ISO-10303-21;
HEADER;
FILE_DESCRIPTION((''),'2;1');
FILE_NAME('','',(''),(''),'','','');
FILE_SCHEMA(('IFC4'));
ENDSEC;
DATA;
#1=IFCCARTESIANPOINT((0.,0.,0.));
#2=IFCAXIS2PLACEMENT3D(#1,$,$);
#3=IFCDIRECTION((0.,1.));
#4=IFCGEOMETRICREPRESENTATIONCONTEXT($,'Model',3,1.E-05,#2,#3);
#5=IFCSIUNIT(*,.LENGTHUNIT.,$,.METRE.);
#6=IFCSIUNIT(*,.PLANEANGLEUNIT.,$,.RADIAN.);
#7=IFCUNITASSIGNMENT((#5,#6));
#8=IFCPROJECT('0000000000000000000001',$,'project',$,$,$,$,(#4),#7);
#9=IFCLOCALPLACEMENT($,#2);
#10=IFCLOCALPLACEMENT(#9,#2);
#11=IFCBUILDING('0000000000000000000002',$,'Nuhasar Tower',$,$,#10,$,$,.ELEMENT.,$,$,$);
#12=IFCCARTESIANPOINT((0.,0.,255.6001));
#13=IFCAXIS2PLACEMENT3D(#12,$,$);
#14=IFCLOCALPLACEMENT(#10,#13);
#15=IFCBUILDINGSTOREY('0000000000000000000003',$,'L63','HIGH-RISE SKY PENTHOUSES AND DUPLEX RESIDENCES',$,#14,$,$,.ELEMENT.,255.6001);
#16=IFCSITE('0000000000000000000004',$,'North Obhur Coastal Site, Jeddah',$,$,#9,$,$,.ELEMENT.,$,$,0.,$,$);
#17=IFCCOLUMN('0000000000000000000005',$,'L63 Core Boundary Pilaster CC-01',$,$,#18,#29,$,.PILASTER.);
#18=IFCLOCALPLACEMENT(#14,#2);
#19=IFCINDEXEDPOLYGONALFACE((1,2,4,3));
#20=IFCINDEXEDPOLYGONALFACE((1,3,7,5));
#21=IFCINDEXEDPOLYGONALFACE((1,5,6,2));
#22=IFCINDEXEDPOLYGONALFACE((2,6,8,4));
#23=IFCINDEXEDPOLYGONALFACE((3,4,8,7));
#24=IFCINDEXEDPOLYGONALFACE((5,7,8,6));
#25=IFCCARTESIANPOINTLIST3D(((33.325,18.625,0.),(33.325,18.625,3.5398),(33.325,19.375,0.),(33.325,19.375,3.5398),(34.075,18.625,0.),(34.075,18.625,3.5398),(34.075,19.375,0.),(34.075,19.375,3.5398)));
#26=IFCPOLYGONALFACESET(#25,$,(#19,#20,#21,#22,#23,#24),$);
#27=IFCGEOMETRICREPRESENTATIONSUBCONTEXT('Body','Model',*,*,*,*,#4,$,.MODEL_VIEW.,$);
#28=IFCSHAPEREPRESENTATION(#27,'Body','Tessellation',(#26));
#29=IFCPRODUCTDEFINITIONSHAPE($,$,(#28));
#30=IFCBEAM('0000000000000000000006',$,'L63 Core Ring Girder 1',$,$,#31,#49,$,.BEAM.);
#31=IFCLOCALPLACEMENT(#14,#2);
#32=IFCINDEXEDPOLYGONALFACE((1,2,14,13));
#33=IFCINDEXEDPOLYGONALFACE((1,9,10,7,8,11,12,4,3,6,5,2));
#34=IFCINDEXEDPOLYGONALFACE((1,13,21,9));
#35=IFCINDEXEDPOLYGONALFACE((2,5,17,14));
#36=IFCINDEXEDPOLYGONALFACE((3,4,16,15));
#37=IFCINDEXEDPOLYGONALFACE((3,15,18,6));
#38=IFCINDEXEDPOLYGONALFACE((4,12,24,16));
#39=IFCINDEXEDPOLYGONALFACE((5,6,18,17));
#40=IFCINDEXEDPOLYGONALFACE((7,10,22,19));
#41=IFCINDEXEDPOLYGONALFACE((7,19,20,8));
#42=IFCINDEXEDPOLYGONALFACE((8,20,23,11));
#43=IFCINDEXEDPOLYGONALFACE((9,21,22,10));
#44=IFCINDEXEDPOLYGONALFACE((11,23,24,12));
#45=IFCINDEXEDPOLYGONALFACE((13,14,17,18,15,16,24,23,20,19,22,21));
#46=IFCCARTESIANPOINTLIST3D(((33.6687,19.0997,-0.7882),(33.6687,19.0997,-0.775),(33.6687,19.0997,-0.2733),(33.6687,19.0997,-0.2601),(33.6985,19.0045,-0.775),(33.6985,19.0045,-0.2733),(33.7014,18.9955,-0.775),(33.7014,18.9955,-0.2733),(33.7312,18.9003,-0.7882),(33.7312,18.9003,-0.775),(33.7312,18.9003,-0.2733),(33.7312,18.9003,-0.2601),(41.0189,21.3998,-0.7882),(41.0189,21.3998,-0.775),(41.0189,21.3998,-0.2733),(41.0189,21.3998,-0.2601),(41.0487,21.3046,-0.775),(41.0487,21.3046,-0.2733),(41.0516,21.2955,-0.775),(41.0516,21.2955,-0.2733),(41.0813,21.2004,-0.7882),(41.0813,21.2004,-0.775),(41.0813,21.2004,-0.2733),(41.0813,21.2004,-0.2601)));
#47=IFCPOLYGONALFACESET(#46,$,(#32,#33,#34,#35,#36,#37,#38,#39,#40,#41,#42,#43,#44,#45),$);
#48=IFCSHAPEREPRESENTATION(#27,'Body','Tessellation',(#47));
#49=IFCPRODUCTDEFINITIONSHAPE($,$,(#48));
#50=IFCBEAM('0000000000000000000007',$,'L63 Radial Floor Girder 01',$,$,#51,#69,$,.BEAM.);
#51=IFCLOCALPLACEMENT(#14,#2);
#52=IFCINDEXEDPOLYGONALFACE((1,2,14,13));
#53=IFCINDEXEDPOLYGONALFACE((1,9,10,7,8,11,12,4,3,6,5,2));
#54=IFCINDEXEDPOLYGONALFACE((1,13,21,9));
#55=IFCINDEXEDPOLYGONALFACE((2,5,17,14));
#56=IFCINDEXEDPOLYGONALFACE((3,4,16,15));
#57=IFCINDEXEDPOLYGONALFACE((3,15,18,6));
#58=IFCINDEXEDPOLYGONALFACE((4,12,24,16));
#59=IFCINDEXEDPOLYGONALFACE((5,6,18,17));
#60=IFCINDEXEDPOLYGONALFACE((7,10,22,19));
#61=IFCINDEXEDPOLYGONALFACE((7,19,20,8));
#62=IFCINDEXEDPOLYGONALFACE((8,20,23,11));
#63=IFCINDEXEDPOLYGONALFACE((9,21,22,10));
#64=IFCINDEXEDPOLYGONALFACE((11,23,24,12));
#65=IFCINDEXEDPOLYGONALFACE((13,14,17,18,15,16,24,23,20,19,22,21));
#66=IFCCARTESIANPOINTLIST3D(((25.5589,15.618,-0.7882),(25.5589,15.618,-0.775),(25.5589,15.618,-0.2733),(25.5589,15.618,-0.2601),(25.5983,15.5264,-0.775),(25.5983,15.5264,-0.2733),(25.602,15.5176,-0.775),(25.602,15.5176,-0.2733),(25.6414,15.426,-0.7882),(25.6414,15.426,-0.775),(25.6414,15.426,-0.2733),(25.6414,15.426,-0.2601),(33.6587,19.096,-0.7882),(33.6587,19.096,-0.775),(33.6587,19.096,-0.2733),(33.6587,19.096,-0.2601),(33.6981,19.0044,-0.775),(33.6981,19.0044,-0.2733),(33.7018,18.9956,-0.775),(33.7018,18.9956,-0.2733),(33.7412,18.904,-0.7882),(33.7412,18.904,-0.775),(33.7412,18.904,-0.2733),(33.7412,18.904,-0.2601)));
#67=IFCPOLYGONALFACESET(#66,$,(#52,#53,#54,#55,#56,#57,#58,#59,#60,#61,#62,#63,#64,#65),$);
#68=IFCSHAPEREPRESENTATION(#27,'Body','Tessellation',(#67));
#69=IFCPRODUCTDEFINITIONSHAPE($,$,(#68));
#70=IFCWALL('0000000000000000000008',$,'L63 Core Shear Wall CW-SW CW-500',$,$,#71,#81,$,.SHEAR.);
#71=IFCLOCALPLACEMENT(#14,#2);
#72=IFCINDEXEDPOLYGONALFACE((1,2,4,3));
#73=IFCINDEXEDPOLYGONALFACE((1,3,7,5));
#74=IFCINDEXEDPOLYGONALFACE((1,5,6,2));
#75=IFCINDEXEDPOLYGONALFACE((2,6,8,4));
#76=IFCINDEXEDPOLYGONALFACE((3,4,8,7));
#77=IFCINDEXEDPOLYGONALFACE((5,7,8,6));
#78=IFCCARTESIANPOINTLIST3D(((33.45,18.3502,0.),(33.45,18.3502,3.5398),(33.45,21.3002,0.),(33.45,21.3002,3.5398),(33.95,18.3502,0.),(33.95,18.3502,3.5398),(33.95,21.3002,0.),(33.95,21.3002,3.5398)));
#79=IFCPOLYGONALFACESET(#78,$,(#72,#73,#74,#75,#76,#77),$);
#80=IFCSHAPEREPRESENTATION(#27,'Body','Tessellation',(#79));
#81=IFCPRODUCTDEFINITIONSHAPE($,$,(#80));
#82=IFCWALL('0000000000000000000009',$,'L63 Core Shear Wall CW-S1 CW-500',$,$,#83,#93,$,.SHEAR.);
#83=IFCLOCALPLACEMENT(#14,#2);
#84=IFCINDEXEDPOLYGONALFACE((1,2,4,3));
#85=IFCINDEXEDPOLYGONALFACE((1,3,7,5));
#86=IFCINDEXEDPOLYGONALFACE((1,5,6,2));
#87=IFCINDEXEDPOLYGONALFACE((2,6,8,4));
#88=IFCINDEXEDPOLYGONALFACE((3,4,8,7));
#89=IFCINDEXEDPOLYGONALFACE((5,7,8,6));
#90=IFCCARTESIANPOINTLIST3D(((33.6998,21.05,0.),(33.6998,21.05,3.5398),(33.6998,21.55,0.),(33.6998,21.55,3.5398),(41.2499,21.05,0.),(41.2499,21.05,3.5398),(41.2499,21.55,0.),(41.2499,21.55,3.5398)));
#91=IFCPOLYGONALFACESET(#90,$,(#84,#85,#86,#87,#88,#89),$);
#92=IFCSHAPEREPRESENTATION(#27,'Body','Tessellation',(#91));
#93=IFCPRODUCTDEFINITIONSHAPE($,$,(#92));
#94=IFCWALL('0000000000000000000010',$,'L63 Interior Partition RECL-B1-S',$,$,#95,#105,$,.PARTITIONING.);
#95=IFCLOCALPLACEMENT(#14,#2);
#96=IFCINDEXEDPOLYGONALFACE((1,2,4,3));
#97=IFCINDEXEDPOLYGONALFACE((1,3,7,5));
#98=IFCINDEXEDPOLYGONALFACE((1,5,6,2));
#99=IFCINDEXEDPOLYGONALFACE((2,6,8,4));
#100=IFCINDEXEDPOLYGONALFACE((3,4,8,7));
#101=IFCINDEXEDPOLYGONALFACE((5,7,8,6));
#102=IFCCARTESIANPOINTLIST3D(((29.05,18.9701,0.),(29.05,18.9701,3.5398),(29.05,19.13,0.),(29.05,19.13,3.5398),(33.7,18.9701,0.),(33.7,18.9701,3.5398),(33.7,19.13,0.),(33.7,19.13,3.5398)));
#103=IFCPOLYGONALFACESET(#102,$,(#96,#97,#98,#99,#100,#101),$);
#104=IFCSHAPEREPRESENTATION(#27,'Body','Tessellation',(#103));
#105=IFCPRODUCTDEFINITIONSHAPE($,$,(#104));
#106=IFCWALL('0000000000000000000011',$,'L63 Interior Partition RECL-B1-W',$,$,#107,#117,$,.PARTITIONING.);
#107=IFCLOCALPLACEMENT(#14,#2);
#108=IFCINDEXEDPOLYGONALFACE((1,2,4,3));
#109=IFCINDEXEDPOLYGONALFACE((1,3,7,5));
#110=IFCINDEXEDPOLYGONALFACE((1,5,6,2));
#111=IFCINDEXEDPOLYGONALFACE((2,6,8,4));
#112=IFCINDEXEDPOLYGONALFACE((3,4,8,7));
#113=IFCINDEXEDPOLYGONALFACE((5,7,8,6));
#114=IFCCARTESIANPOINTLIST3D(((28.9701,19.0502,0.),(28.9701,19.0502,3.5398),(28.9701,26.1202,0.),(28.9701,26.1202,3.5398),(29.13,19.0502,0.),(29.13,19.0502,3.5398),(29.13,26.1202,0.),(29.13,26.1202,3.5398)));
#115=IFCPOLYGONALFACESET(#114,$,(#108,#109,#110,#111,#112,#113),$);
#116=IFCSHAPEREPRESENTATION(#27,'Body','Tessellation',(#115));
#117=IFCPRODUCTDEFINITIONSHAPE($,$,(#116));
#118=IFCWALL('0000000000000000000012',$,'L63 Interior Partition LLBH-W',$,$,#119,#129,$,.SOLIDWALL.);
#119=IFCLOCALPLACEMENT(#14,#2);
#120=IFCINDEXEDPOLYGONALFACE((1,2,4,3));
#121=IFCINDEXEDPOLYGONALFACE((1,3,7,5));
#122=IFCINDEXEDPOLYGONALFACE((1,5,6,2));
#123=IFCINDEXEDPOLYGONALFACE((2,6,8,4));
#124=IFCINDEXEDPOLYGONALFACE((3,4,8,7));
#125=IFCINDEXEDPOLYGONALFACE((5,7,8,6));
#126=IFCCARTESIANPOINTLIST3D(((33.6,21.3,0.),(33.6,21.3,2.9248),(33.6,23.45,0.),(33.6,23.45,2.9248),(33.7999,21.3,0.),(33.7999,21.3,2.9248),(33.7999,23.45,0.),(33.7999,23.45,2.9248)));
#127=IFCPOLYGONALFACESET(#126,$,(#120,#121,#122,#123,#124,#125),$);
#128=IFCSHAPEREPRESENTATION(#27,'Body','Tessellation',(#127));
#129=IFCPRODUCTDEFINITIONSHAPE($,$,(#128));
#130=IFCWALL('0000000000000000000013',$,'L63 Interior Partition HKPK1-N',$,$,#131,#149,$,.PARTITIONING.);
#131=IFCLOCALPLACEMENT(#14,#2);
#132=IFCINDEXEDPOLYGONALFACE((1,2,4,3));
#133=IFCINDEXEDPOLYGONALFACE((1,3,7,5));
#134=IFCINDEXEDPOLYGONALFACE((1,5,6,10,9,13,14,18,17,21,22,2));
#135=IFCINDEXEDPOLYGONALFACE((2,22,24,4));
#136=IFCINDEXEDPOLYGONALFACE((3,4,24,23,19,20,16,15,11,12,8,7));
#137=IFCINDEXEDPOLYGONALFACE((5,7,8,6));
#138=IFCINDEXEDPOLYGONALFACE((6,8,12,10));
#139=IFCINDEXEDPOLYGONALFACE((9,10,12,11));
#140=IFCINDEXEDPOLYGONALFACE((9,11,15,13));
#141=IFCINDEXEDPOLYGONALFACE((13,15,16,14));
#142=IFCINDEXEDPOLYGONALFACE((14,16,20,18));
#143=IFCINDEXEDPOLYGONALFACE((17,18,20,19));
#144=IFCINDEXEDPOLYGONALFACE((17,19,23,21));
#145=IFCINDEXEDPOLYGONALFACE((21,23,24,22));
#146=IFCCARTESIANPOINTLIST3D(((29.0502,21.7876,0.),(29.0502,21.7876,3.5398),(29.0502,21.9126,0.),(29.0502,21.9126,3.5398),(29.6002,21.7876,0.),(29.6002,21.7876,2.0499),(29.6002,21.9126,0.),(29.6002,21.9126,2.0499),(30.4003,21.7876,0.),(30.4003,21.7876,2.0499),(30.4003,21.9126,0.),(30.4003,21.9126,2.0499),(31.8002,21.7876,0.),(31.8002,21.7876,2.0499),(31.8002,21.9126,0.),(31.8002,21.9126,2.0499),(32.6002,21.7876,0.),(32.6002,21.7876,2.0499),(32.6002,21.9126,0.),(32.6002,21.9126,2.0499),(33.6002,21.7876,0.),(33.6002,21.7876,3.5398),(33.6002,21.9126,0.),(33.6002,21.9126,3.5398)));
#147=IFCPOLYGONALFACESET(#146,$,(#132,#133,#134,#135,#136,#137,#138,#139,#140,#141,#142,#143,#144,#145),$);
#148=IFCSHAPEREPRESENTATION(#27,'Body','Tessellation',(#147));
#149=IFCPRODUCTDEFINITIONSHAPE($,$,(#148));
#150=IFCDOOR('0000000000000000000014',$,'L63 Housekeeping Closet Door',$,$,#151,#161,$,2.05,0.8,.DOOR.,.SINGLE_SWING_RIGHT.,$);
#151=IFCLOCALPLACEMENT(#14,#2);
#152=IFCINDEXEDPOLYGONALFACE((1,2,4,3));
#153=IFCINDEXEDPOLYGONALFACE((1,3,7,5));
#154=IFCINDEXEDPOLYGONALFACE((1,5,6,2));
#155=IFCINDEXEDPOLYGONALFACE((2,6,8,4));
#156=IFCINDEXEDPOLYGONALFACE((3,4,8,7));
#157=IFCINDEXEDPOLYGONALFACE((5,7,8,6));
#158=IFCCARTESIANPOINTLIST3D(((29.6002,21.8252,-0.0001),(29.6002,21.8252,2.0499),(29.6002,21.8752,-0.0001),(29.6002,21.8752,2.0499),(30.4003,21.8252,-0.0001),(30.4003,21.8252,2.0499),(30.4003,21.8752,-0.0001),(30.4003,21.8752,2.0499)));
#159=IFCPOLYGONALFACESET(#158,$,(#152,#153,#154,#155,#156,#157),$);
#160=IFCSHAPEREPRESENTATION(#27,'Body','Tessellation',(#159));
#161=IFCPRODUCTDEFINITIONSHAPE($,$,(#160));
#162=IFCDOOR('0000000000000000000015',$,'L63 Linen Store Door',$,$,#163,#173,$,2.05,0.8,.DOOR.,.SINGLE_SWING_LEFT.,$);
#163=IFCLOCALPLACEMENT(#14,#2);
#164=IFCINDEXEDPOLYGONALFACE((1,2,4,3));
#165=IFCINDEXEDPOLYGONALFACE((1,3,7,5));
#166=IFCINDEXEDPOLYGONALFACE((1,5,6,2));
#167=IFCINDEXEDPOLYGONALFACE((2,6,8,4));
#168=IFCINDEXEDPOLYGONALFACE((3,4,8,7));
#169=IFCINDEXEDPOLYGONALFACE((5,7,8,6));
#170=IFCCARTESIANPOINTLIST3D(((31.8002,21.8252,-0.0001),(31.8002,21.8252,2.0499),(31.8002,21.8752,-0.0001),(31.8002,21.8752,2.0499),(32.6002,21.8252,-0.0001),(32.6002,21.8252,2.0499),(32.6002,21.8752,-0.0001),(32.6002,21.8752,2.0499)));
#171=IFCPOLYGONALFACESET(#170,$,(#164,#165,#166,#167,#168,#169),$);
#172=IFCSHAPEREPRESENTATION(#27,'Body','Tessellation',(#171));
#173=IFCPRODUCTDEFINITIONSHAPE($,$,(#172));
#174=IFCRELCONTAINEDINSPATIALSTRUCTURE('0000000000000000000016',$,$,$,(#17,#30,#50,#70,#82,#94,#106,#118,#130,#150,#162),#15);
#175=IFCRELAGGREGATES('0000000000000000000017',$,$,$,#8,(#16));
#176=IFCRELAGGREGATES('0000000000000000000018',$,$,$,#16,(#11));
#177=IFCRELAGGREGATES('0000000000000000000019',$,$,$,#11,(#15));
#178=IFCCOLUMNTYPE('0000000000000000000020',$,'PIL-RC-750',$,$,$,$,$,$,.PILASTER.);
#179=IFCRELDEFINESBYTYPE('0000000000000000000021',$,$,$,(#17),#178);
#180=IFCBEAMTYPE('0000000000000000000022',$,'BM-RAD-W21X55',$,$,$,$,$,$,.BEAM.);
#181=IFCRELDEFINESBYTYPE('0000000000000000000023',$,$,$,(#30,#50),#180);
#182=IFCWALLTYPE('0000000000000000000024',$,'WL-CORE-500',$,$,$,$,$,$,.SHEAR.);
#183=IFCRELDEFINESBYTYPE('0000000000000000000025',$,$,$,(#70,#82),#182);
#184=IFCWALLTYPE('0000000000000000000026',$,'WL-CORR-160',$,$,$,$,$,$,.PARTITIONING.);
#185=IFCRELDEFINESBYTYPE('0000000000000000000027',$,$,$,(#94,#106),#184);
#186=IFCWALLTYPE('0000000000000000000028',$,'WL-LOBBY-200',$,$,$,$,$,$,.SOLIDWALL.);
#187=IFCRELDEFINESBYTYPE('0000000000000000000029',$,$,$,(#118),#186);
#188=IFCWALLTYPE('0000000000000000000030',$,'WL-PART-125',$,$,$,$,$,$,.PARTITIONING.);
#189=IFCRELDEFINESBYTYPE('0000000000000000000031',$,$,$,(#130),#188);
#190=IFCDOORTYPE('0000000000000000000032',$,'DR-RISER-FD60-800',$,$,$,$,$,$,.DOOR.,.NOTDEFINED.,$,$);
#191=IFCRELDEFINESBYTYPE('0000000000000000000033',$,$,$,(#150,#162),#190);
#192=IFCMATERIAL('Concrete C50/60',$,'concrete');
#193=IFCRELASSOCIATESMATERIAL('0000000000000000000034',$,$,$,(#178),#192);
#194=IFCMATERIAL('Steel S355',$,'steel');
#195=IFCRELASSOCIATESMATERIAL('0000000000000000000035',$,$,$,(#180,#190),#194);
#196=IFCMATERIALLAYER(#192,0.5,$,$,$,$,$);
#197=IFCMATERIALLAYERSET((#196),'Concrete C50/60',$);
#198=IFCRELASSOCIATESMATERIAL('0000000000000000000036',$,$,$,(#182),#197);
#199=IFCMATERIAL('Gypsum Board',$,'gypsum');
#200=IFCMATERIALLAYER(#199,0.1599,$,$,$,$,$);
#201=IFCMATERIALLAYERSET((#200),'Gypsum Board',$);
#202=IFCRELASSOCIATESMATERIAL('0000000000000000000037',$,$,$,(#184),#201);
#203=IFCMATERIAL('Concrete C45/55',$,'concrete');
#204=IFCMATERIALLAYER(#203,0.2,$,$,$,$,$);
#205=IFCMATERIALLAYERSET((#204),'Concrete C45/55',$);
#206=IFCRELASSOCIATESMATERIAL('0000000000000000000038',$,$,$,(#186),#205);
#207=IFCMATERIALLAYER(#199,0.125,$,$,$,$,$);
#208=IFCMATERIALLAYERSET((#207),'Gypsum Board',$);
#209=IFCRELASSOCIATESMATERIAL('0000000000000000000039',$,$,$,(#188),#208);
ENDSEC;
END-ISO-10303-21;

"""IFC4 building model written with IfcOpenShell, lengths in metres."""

from ifc_helpers import new_model, si_unit, direction, frame, frame_2d, origin, origin_2d, place, context, subcontext, project, spatial, rectangle, i_section, extrude, material, layer, layer_set, material_profile, profile_set, type_object, element, fill, save


model = new_model("IFC4")

# Units and contexts
model_context = context("Model", 3, precision=1e-05, world=origin(), true_north=direction((0.0, 1.0)))
body_context = subcontext(model_context, "Body", "Model", "MODEL_VIEW")
ifc_project = project(units=[si_unit("LENGTHUNIT", "METRE"), si_unit("PLANEANGLEUNIT", "RADIAN")], contexts=[model_context])

# Site, building, storey
site_placement = place(None, origin())
site = spatial("IfcSite", under=ifc_project, at=site_placement, Name="North Obhur Coastal Site, Jeddah", CompositionType="ELEMENT", RefElevation=0.0)
building_placement = place(site_placement, origin())
building = spatial("IfcBuilding", under=site, at=building_placement, Name="Nuhasar Tower", CompositionType="ELEMENT")
storey_placement = place(building_placement, frame((0.0, 0.0, 255.6001)))
storey = spatial("IfcBuildingStorey", under=building, at=storey_placement, Name="L63", Description="HIGH-RISE SKY PENTHOUSES AND DUPLEX RESIDENCES", CompositionType="ELEMENT", Elevation=255.6001)

# Column
ifc_material_1 = material(Name="Concrete C50/60", Category="concrete")
ifc_material_profile_1 = material_profile(ifc_material_1, rectangle(XDim=0.75, YDim=0.75, at=origin_2d()), Name="RC750X750")
ifc_profile_set_1 = profile_set([ifc_material_profile_1], Name="Concrete C50/60")
column_type = type_object("IfcColumnType", Name="PIL-RC-750", PredefinedType="PILASTER", material=ifc_profile_set_1)
column_placement = place(storey_placement, frame((33.7, 19.0, 0.0), z_axis=(0.0, 0.0, 1.0), x_axis=(1.0, 0.0, 0.0)))
element("IfcColumn", 1, at=column_placement, inside=storey, type_object=column_type, Name="L63 Core Boundary Pilaster CC-01", PredefinedType="PILASTER", context=body_context, shape_type="SweptSolid", body=[
    extrude(rectangle(XDim=0.75, YDim=0.75, at=origin_2d()), origin(), (0.0, 0.0, 1.0), 3.5398),
])

# Beams
ifc_material_2 = material(Name="Steel S355", Category="steel")
ifc_material_profile_2 = material_profile(ifc_material_2, i_section(OverallWidth=0.209, OverallDepth=0.5281, WebThickness=0.0095, FlangeThickness=0.0132, at=origin_2d()), Name="W21X55")
ifc_profile_set_2 = profile_set([ifc_material_profile_2], Name="Steel S355")
beam_type = type_object("IfcBeamType", Name="BM-RAD-W21X55", PredefinedType="BEAM", material=ifc_profile_set_2)
beam_1_placement = place(storey_placement, frame((33.7, 19.0, -0.5242), z_axis=(0.954364, 0.298647, 0.0), x_axis=(-0.298647, 0.954364, 0.0)))
element("IfcBeam", 2, at=beam_1_placement, inside=storey, type_object=beam_type, Name="L63 Core Ring Girder 1", PredefinedType="BEAM", context=body_context, shape_type="SweptSolid", body=[
    extrude(i_section(OverallWidth=0.209, OverallDepth=0.5281, WebThickness=0.0095, FlangeThickness=0.0132, at=origin_2d()), origin(), (0.0, 0.0, 1.0), 7.7017),
])
beam_2_placement = place(storey_placement, frame((33.7, 19.0, -0.5242), z_axis=(-0.918871, -0.394558, 0.0), x_axis=(0.394558, -0.918871, 0.0)))
element("IfcBeam", 3, at=beam_2_placement, inside=storey, type_object=beam_type, Name="L63 Radial Floor Girder 01", PredefinedType="BEAM", context=body_context, shape_type="SweptSolid", body=[
    extrude(i_section(OverallWidth=0.209, OverallDepth=0.5281, WebThickness=0.0095, FlangeThickness=0.0132, at=origin_2d()), origin(), (0.0, 0.0, 1.0), 8.8149),
])

# Walls
ifc_layer_1 = layer(ifc_material_1, 0.5)
ifc_layer_set_1 = layer_set([ifc_layer_1], Name="Concrete C50/60")
wall_type_1 = type_object("IfcWallType", Name="WL-CORE-500", PredefinedType="SHEAR", material=ifc_layer_set_1)
wall_1_placement = place(storey_placement, frame((33.7, 18.3501, 0.0), z_axis=(0.0, 0.0, 1.0), x_axis=(0.0, 1.0, 0.0)))
element("IfcWall", 4, at=wall_1_placement, inside=storey, type_object=wall_type_1, Name="L63 Core Shear Wall CW-SW CW-500", PredefinedType="SHEAR", context=body_context, shape_type="SweptSolid", body=[
    extrude(rectangle(XDim=2.95, YDim=0.5, at=frame_2d((1.4751, 0.0))), origin(), (0.0, 0.0, 1.0), 3.5398),
])
wall_2_placement = place(storey_placement, frame((33.7, 21.3, 0.0), z_axis=(0.0, 0.0, 1.0), x_axis=(1.0, 0.0, 0.0)))
element("IfcWall", 5, at=wall_2_placement, inside=storey, type_object=wall_type_1, Name="L63 Core Shear Wall CW-S1 CW-500", PredefinedType="SHEAR", context=body_context, shape_type="SweptSolid", body=[
    extrude(rectangle(XDim=7.55, YDim=0.5, at=frame_2d((3.7749, 0.0))), origin(), (0.0, 0.0, 1.0), 3.5398),
])
ifc_material_3 = material(Name="Gypsum Board", Category="gypsum")
ifc_layer_2 = layer(ifc_material_3, 0.1599)
ifc_layer_set_2 = layer_set([ifc_layer_2], Name="Gypsum Board")
wall_type_2 = type_object("IfcWallType", Name="WL-CORR-160", PredefinedType="PARTITIONING", material=ifc_layer_set_2)
wall_3_placement = place(storey_placement, frame((29.05, 19.05, 0.0), z_axis=(0.0, 0.0, 1.0), x_axis=(1.0, 0.0, 0.0)))
element("IfcWall", 6, at=wall_3_placement, inside=storey, type_object=wall_type_2, Name="L63 Interior Partition RECL-B1-S", PredefinedType="PARTITIONING", context=body_context, shape_type="SweptSolid", body=[
    extrude(rectangle(XDim=4.6499, YDim=0.1599, at=frame_2d((2.325, 0.0))), origin(), (0.0, 0.0, 1.0), 3.5398),
])
wall_4_placement = place(storey_placement, frame((29.05, 19.05, 0.0), z_axis=(0.0, 0.0, 1.0), x_axis=(0.0, 1.0, 0.0)))
element("IfcWall", 7, at=wall_4_placement, inside=storey, type_object=wall_type_2, Name="L63 Interior Partition RECL-B1-W", PredefinedType="PARTITIONING", context=body_context, shape_type="SweptSolid", body=[
    extrude(rectangle(XDim=7.0701, YDim=0.1599, at=frame_2d((3.5352, 0.0))), origin(), (0.0, 0.0, 1.0), 3.5398),
])

# Wall
ifc_material_4 = material(Name="Concrete C45/55", Category="concrete")
ifc_layer_3 = layer(ifc_material_4, 0.2)
ifc_layer_set_3 = layer_set([ifc_layer_3], Name="Concrete C45/55")
wall_type_3 = type_object("IfcWallType", Name="WL-LOBBY-200", PredefinedType="SOLIDWALL", material=ifc_layer_set_3)
wall_5_placement = place(storey_placement, frame((33.7, 21.3, 0.0), z_axis=(0.0, 0.0, 1.0), x_axis=(0.0, 1.0, 0.0)))
element("IfcWall", 8, at=wall_5_placement, inside=storey, type_object=wall_type_3, Name="L63 Interior Partition LLBH-W", PredefinedType="SOLIDWALL", context=body_context, shape_type="SweptSolid", body=[
    extrude(rectangle(XDim=2.1499, YDim=0.2, at=frame_2d((1.075, 0.0))), origin(), (0.0, 0.0, 1.0), 2.9248),
])

# Wall, openings, doors
ifc_layer_4 = layer(ifc_material_3, 0.125)
ifc_layer_set_4 = layer_set([ifc_layer_4], Name="Gypsum Board")
wall_type_4 = type_object("IfcWallType", Name="WL-PART-125", PredefinedType="PARTITIONING", material=ifc_layer_set_4)
wall_6_placement = place(storey_placement, frame((33.6001, 21.8501, 0.0), z_axis=(0.0, 0.0, 1.0), x_axis=(-1.0, 0.0, 0.0)))
wall_6 = element("IfcWall", 9, at=wall_6_placement, inside=storey, type_object=wall_type_4, Name="L63 Interior Partition HKPK1-N", PredefinedType="PARTITIONING", context=body_context, shape_type="SweptSolid", body=[
    extrude(rectangle(XDim=4.55, YDim=0.125, at=frame_2d((2.2749, 0.0))), origin(), (0.0, 0.0, 1.0), 3.5398),
])
opening_1_placement = place(wall_6_placement, frame((3.2, 0.0, 0.0)))
opening_1 = element("IfcOpeningElement", 10, at=opening_1_placement, cuts=wall_6, PredefinedType="OPENING", context=body_context, shape_type="SweptSolid", body=[
    extrude(rectangle(XDim=0.8, YDim=2.05, at=frame_2d((0.3999, 1.0249))), frame((0.0, 0.0725, 0.0), z_axis=(0.0, -1.0, 0.0), x_axis=(1.0, 0.0, 0.0)), (0.0, 0.0, 1.0), 0.145),
])
opening_2_placement = place(wall_6_placement, frame((1.0, 0.0, 0.0)))
opening_2 = element("IfcOpeningElement", 11, at=opening_2_placement, cuts=wall_6, PredefinedType="OPENING", context=body_context, shape_type="SweptSolid", body=[
    extrude(rectangle(XDim=0.8, YDim=2.05, at=frame_2d((0.3999, 1.0249))), frame((0.0, 0.0725, 0.0), z_axis=(0.0, -1.0, 0.0), x_axis=(1.0, 0.0, 0.0)), (0.0, 0.0, 1.0), 0.145),
])
door_type_1 = type_object("IfcDoorType", Name="DR-RISER-FD60-800", OperationType="NOTDEFINED", PredefinedType="DOOR", material=ifc_material_2)
door_1_placement = place(opening_1_placement, origin())
door_1 = element("IfcDoor", 12, at=door_1_placement, inside=storey, type_object=door_type_1, Name="L63 Housekeeping Closet Door", OperationType="SINGLE_SWING_RIGHT", OverallHeight=2.05, OverallWidth=0.8, PredefinedType="DOOR", context=body_context, shape_type="SweptSolid", body=[
    extrude(rectangle(XDim=0.8, YDim=2.05, at=frame_2d((0.3999, 1.0249))), frame((0.0, 0.0249, 0.0), z_axis=(0.0, -1.0, 0.0), x_axis=(1.0, 0.0, 0.0)), (0.0, 0.0, 1.0), 0.05),
])
fill(opening_1, door_1)
door_2_placement = place(opening_2_placement, origin())
door_2 = element("IfcDoor", 13, at=door_2_placement, inside=storey, type_object=door_type_1, Name="L63 Linen Store Door", OperationType="SINGLE_SWING_LEFT", OverallHeight=2.05, OverallWidth=0.8, PredefinedType="DOOR", context=body_context, shape_type="SweptSolid", body=[
    extrude(rectangle(XDim=0.8, YDim=2.05, at=frame_2d((0.3999, 1.0249))), frame((0.0, 0.0249, 0.0), z_axis=(0.0, -1.0, 0.0), x_axis=(1.0, 0.0, 0.0)), (0.0, 0.0, 1.0), 0.05),
])
fill(opening_2, door_2)

save(model, "model.ifc")
